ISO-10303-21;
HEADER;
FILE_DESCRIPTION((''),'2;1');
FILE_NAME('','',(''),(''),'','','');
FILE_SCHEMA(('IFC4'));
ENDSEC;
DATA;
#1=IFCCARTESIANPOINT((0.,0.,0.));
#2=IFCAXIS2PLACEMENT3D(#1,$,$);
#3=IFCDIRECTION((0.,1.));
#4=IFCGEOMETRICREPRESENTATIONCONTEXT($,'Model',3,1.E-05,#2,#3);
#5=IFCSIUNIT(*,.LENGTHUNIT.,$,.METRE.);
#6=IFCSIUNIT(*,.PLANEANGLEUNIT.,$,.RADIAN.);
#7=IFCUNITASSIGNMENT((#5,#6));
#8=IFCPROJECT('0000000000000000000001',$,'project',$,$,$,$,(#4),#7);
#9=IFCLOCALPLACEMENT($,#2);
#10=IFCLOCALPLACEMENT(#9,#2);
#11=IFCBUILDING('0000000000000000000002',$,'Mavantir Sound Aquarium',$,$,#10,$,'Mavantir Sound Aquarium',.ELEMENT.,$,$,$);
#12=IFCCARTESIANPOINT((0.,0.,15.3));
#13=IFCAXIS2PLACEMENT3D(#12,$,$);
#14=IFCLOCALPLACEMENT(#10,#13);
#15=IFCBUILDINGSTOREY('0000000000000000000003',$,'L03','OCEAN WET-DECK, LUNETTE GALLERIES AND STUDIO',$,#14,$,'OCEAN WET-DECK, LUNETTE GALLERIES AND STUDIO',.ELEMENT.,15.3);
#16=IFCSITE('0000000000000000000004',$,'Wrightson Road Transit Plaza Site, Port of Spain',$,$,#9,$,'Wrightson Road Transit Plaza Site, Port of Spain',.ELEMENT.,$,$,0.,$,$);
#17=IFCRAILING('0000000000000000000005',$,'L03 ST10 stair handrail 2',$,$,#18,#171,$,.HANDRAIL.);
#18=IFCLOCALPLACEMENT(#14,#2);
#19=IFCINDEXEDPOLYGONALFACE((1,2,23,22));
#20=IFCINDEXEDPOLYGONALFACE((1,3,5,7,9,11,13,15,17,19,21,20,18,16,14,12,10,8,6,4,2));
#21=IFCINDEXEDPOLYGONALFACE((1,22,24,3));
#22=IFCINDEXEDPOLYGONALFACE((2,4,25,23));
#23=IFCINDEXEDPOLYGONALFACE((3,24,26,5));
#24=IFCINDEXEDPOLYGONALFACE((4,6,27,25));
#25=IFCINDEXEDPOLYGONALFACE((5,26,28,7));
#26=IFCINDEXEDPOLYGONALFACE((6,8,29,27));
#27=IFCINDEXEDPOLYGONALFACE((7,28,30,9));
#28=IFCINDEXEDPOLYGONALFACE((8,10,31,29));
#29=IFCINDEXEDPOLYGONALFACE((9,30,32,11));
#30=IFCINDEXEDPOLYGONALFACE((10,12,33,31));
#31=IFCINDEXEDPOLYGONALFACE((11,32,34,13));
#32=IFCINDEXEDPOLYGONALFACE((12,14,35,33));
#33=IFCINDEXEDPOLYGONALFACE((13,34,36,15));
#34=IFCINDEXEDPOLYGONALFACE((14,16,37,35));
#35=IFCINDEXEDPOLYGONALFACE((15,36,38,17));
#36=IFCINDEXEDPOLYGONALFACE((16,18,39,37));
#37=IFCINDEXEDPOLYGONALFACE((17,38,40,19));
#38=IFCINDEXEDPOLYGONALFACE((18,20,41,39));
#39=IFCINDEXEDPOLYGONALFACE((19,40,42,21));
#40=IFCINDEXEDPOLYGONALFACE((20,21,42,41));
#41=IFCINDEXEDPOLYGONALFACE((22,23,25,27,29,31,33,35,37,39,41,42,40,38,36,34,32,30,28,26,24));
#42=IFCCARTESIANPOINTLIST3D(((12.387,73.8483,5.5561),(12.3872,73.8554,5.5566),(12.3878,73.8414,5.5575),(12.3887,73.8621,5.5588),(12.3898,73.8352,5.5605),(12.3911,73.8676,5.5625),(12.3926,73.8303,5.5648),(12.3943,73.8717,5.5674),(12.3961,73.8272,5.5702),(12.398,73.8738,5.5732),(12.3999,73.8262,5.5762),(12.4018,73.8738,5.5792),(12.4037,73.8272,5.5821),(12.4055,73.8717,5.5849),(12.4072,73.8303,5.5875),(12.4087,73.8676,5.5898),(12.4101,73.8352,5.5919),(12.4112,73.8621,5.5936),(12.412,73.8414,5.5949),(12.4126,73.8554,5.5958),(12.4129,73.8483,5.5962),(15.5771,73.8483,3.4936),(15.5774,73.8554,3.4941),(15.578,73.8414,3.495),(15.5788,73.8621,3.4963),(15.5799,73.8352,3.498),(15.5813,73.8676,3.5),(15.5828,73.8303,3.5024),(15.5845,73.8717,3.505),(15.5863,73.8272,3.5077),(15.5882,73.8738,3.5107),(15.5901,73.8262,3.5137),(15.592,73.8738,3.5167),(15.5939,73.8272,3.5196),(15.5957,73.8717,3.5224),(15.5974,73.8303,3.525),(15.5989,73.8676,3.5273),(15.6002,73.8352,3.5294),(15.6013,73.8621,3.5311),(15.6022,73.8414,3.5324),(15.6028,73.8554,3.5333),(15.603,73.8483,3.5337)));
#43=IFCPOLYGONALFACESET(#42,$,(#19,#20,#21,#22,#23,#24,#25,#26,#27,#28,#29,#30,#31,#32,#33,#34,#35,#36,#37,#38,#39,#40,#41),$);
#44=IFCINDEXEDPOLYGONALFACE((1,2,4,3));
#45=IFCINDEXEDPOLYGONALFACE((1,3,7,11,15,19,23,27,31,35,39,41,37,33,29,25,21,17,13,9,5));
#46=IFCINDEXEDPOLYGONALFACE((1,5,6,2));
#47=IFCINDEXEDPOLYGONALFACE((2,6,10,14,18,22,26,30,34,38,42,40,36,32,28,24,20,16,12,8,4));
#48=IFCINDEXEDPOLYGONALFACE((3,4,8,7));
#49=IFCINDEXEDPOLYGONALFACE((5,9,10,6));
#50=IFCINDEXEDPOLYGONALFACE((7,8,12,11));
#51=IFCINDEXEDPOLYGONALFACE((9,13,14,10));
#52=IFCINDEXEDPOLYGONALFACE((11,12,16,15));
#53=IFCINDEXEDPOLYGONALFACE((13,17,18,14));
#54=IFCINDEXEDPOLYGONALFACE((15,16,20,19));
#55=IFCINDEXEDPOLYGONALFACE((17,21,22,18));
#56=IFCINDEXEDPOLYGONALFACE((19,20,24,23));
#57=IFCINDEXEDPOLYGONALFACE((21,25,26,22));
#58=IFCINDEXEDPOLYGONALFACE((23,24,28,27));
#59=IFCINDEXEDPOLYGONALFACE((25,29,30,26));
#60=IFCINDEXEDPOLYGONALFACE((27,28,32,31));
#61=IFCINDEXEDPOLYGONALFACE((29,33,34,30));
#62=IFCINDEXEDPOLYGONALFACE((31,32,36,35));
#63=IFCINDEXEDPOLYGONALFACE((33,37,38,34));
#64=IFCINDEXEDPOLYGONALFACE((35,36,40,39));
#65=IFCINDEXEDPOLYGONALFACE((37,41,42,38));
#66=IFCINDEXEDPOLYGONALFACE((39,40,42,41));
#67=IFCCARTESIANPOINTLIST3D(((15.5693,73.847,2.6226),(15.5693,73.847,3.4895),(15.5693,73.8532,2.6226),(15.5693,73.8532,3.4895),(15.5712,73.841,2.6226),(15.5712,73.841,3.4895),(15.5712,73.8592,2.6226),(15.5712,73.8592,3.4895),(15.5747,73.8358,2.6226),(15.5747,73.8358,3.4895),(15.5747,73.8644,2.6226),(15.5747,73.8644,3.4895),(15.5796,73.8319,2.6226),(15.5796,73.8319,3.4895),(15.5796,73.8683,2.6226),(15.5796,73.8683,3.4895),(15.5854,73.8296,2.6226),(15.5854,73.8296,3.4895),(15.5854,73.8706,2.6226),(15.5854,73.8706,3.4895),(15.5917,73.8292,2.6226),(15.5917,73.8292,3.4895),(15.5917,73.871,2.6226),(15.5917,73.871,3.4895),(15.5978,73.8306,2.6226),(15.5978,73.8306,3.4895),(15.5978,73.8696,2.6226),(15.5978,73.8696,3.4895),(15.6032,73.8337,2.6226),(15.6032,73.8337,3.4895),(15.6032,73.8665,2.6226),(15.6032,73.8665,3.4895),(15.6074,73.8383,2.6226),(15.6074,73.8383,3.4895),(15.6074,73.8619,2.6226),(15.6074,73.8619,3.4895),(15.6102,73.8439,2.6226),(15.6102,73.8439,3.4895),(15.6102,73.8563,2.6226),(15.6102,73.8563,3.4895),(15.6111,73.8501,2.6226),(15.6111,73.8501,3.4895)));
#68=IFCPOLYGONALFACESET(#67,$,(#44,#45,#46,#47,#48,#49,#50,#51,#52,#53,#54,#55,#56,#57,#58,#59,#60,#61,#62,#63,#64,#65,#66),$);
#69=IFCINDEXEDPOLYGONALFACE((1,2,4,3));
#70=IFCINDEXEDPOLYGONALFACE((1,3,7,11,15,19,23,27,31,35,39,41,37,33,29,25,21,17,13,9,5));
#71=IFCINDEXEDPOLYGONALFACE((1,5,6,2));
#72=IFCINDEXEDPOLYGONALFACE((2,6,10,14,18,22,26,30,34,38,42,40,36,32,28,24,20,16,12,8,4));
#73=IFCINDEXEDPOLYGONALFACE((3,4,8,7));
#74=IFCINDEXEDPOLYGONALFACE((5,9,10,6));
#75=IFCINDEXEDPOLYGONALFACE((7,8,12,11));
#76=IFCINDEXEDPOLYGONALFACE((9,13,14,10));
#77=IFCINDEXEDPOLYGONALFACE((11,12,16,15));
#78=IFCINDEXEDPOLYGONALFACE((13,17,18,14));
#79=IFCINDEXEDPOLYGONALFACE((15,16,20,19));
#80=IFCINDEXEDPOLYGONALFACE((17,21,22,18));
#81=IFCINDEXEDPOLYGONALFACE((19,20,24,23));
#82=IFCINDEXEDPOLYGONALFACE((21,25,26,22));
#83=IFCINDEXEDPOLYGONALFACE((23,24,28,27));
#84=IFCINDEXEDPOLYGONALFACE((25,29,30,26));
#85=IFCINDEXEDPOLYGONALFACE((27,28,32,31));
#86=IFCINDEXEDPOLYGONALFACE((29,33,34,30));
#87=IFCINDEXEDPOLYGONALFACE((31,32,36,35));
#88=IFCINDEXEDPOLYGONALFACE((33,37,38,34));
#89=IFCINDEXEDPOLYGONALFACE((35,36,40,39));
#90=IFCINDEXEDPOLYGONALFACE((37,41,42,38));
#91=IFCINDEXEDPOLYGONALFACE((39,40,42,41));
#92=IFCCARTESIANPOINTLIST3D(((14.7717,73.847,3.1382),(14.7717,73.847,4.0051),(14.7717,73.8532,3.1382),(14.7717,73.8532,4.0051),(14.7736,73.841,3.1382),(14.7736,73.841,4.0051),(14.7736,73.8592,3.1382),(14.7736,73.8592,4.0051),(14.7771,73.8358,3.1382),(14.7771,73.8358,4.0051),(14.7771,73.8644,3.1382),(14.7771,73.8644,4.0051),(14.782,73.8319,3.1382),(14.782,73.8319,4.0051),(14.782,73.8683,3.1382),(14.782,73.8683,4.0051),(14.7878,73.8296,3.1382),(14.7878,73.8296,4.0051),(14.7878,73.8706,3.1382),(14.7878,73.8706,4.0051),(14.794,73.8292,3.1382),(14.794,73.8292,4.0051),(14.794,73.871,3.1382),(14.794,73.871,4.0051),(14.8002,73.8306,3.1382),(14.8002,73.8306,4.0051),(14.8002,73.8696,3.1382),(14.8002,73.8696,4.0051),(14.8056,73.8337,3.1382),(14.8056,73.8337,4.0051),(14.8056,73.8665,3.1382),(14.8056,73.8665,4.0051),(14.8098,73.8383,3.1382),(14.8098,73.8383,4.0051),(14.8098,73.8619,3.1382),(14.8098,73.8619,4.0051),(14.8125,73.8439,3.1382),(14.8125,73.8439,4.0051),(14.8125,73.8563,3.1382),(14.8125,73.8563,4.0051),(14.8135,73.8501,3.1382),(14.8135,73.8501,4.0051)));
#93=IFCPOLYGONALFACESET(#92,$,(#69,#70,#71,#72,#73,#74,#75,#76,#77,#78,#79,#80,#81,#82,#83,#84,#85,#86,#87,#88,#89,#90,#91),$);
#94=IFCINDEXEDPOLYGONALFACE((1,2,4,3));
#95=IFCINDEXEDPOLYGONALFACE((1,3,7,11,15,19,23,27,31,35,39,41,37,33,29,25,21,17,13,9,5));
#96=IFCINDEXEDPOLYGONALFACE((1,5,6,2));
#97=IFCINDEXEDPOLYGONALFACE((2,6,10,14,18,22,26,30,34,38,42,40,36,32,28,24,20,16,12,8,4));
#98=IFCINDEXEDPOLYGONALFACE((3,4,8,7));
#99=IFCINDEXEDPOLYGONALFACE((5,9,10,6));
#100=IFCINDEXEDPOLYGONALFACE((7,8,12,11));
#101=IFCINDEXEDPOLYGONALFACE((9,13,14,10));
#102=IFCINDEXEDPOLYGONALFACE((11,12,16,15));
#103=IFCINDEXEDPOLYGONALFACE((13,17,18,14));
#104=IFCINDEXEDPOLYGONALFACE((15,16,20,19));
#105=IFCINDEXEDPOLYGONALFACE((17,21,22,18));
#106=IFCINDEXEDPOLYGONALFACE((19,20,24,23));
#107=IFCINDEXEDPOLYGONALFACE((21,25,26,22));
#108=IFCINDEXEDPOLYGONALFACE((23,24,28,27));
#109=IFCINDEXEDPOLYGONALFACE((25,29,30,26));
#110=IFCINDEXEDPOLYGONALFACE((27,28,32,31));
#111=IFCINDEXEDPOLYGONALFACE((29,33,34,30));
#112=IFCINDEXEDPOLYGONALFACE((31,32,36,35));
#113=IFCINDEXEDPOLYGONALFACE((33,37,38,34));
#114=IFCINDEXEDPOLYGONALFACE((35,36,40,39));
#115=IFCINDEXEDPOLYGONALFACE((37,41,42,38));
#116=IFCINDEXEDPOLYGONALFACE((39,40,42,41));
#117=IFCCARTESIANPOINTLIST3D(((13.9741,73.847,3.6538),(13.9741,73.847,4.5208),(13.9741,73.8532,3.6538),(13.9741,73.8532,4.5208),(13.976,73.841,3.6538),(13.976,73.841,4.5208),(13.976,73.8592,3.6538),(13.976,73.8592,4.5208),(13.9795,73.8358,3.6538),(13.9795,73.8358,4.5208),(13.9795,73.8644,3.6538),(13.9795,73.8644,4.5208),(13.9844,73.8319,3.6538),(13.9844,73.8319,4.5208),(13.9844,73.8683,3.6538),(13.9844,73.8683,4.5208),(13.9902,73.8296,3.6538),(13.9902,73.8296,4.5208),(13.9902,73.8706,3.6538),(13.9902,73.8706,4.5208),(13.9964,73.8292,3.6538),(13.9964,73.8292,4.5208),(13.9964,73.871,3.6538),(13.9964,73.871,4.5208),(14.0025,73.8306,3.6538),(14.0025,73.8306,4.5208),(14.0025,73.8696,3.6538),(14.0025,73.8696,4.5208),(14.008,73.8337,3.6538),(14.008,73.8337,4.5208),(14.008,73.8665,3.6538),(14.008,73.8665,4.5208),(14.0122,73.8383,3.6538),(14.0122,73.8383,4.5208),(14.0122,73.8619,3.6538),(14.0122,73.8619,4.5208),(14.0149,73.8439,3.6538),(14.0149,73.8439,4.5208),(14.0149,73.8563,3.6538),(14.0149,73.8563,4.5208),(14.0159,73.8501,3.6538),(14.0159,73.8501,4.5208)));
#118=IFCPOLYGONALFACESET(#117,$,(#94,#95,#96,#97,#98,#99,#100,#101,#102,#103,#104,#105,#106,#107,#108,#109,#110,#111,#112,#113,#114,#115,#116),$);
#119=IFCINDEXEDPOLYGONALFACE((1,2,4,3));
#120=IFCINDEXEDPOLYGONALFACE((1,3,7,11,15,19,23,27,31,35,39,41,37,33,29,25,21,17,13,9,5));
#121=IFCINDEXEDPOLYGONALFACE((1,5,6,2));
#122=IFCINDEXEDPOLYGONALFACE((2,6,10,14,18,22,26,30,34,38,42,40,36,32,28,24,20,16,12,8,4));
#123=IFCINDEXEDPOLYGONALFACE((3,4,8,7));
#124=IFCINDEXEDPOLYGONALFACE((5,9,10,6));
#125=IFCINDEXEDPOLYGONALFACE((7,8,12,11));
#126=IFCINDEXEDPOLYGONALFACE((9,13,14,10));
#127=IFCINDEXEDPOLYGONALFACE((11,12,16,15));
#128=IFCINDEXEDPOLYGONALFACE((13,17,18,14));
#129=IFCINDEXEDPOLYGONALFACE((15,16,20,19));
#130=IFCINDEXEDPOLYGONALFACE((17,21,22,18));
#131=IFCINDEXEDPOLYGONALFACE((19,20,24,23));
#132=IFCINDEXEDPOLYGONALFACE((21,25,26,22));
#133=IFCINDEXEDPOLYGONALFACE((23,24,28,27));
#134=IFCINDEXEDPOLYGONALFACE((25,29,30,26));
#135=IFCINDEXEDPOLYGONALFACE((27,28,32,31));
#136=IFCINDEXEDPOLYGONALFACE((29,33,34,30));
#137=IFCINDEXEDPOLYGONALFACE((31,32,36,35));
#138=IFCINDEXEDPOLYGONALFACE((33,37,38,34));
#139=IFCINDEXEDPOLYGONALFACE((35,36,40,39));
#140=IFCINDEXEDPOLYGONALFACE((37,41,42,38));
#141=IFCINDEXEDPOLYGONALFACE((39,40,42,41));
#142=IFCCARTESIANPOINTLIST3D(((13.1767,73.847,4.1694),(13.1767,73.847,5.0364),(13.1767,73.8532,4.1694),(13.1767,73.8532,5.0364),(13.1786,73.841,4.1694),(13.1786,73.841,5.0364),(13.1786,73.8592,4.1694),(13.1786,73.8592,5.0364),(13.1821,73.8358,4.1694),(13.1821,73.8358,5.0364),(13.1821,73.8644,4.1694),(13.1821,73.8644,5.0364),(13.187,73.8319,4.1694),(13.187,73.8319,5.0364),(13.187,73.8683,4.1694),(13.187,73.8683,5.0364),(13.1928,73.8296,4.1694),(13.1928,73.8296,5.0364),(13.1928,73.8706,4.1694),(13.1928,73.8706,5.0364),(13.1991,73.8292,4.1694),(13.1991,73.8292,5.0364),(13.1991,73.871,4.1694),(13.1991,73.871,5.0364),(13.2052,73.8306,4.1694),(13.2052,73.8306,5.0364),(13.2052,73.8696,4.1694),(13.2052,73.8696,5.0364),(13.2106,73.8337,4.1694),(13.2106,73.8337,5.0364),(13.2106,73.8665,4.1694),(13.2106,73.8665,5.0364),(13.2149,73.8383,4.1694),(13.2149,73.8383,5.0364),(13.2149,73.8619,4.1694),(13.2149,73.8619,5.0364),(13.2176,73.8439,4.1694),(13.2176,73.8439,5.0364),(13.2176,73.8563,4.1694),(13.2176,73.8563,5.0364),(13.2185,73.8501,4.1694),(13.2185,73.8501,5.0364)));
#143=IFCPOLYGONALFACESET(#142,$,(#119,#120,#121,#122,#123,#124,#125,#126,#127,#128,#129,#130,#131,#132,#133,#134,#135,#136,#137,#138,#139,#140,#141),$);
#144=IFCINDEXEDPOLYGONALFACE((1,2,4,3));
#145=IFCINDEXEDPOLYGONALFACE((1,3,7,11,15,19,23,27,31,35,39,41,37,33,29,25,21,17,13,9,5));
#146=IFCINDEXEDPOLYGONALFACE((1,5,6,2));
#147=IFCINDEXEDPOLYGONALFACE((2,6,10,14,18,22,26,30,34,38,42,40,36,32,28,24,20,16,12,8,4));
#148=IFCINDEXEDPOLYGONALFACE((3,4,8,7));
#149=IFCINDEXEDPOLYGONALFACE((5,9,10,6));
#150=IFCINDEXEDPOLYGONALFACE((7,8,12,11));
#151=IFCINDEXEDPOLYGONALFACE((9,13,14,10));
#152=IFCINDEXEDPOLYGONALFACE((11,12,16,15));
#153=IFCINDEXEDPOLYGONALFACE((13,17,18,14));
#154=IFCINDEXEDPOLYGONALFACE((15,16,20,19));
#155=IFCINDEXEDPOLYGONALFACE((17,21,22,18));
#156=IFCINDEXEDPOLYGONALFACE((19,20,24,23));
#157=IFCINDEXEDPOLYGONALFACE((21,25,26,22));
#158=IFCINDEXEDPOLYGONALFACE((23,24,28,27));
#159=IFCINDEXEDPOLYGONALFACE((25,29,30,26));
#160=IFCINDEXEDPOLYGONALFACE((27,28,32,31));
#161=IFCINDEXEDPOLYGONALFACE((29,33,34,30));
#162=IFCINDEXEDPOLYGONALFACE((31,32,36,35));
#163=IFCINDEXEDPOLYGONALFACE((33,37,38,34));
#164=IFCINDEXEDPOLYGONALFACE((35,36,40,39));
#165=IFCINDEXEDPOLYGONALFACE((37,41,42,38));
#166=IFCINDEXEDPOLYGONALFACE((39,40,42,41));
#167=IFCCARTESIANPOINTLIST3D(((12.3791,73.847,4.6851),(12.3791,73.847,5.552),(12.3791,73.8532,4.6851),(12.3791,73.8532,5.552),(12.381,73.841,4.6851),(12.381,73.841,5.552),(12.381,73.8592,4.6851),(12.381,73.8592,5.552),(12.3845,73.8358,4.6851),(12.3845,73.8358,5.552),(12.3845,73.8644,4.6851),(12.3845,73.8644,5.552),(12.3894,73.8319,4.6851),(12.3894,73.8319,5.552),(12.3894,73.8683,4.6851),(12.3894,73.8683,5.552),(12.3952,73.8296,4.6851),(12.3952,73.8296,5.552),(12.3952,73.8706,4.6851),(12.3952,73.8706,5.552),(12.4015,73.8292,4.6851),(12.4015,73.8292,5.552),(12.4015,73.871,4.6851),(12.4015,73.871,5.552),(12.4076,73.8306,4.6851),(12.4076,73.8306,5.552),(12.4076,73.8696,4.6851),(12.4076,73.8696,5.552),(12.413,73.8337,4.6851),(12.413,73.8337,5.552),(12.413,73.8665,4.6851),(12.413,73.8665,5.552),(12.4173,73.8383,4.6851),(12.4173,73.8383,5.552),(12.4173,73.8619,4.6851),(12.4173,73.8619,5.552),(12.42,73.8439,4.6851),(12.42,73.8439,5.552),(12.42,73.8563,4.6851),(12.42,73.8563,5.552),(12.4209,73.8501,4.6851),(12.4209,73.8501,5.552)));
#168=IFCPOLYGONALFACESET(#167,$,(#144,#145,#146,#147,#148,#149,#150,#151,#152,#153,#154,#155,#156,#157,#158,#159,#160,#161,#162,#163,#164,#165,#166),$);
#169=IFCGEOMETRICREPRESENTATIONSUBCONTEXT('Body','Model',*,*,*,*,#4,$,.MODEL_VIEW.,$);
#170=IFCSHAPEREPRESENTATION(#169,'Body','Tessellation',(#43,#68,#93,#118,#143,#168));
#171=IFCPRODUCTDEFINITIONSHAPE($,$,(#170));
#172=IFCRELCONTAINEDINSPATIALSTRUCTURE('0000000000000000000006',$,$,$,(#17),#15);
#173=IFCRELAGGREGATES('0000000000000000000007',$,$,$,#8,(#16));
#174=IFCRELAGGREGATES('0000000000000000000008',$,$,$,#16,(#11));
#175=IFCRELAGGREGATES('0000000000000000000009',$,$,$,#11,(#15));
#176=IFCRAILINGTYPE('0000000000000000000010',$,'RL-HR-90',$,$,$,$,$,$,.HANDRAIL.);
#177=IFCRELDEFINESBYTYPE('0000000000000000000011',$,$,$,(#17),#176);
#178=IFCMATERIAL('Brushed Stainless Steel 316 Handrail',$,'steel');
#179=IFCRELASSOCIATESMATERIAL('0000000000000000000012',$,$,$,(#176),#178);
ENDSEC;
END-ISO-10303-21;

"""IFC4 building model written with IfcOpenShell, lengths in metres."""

from ifc_helpers import new_model, si_unit, direction, frame, origin, origin_2d, place, context, subcontext, project, spatial, circle, extrude, material, type_object, element, save


model = new_model("IFC4")

# Units and contexts
model_context = context("Model", 3, precision=1e-05, world=origin(), true_north=direction((0.0, 1.0)))
body_context = subcontext(model_context, "Body", "Model", "MODEL_VIEW")
ifc_project = project(units=[si_unit("LENGTHUNIT", "METRE"), si_unit("PLANEANGLEUNIT", "RADIAN")], contexts=[model_context])

# Site, building, storey
site_placement = place(None, origin())
site = spatial("IfcSite", under=ifc_project, at=site_placement, Name="Wrightson Road Transit Plaza Site, Port of Spain", LongName="Wrightson Road Transit Plaza Site, Port of Spain", CompositionType="ELEMENT", RefElevation=0.0)
building_placement = place(site_placement, origin())
building = spatial("IfcBuilding", under=site, at=building_placement, Name="Mavantir Sound Aquarium", LongName="Mavantir Sound Aquarium", CompositionType="ELEMENT")
storey_placement = place(building_placement, frame((0.0, 0.0, 15.3)))
storey = spatial("IfcBuildingStorey", under=building, at=storey_placement, Name="L03", Description="OCEAN WET-DECK, LUNETTE GALLERIES AND STUDIO", LongName="OCEAN WET-DECK, LUNETTE GALLERIES AND STUDIO", CompositionType="ELEMENT", Elevation=15.3)

# Railing
ifc_material_1 = material(Name="Brushed Stainless Steel 316 Handrail", Category="steel")
railing_type_1 = type_object("IfcRailingType", Name="RL-HR-90", PredefinedType="HANDRAIL", material=ifc_material_1)
railing_1_placement = place(storey_placement, frame((15.5901, 73.8501, 2.6226)))
element("IfcRailing", 1, at=railing_1_placement, inside=storey, type_object=railing_type_1, Name="L03 ST10 stair handrail 2", PredefinedType="HANDRAIL", context=body_context, shape_type="SweptSolid", body=[
    extrude(circle(Radius=0.0239, at=origin_2d()), frame((0.0, 0.0, 0.8911), z_axis=(-0.839779, 0.0, 0.542929), x_axis=(0.0, -1.0, 0.0)), (0.0, 0.0, 1.0), 3.7988),
    extrude(circle(Radius=0.021, at=origin_2d()), origin(), (0.0, 0.0, 1.0), 0.8669),
    extrude(circle(Radius=0.021, at=origin_2d()), frame((-0.7976, 0.0, 0.5156)), (0.0, 0.0, 1.0), 0.8669),
    extrude(circle(Radius=0.021, at=origin_2d()), frame((-1.5952, 0.0, 1.0312)), (0.0, 0.0, 1.0), 0.8669),
    extrude(circle(Radius=0.021, at=origin_2d()), frame((-2.3926, 0.0, 1.5469)), (0.0, 0.0, 1.0), 0.8669),
    extrude(circle(Radius=0.021, at=origin_2d()), frame((-3.1902, 0.0, 2.0625)), (0.0, 0.0, 1.0), 0.8669),
])

save(model, "model.ifc")
